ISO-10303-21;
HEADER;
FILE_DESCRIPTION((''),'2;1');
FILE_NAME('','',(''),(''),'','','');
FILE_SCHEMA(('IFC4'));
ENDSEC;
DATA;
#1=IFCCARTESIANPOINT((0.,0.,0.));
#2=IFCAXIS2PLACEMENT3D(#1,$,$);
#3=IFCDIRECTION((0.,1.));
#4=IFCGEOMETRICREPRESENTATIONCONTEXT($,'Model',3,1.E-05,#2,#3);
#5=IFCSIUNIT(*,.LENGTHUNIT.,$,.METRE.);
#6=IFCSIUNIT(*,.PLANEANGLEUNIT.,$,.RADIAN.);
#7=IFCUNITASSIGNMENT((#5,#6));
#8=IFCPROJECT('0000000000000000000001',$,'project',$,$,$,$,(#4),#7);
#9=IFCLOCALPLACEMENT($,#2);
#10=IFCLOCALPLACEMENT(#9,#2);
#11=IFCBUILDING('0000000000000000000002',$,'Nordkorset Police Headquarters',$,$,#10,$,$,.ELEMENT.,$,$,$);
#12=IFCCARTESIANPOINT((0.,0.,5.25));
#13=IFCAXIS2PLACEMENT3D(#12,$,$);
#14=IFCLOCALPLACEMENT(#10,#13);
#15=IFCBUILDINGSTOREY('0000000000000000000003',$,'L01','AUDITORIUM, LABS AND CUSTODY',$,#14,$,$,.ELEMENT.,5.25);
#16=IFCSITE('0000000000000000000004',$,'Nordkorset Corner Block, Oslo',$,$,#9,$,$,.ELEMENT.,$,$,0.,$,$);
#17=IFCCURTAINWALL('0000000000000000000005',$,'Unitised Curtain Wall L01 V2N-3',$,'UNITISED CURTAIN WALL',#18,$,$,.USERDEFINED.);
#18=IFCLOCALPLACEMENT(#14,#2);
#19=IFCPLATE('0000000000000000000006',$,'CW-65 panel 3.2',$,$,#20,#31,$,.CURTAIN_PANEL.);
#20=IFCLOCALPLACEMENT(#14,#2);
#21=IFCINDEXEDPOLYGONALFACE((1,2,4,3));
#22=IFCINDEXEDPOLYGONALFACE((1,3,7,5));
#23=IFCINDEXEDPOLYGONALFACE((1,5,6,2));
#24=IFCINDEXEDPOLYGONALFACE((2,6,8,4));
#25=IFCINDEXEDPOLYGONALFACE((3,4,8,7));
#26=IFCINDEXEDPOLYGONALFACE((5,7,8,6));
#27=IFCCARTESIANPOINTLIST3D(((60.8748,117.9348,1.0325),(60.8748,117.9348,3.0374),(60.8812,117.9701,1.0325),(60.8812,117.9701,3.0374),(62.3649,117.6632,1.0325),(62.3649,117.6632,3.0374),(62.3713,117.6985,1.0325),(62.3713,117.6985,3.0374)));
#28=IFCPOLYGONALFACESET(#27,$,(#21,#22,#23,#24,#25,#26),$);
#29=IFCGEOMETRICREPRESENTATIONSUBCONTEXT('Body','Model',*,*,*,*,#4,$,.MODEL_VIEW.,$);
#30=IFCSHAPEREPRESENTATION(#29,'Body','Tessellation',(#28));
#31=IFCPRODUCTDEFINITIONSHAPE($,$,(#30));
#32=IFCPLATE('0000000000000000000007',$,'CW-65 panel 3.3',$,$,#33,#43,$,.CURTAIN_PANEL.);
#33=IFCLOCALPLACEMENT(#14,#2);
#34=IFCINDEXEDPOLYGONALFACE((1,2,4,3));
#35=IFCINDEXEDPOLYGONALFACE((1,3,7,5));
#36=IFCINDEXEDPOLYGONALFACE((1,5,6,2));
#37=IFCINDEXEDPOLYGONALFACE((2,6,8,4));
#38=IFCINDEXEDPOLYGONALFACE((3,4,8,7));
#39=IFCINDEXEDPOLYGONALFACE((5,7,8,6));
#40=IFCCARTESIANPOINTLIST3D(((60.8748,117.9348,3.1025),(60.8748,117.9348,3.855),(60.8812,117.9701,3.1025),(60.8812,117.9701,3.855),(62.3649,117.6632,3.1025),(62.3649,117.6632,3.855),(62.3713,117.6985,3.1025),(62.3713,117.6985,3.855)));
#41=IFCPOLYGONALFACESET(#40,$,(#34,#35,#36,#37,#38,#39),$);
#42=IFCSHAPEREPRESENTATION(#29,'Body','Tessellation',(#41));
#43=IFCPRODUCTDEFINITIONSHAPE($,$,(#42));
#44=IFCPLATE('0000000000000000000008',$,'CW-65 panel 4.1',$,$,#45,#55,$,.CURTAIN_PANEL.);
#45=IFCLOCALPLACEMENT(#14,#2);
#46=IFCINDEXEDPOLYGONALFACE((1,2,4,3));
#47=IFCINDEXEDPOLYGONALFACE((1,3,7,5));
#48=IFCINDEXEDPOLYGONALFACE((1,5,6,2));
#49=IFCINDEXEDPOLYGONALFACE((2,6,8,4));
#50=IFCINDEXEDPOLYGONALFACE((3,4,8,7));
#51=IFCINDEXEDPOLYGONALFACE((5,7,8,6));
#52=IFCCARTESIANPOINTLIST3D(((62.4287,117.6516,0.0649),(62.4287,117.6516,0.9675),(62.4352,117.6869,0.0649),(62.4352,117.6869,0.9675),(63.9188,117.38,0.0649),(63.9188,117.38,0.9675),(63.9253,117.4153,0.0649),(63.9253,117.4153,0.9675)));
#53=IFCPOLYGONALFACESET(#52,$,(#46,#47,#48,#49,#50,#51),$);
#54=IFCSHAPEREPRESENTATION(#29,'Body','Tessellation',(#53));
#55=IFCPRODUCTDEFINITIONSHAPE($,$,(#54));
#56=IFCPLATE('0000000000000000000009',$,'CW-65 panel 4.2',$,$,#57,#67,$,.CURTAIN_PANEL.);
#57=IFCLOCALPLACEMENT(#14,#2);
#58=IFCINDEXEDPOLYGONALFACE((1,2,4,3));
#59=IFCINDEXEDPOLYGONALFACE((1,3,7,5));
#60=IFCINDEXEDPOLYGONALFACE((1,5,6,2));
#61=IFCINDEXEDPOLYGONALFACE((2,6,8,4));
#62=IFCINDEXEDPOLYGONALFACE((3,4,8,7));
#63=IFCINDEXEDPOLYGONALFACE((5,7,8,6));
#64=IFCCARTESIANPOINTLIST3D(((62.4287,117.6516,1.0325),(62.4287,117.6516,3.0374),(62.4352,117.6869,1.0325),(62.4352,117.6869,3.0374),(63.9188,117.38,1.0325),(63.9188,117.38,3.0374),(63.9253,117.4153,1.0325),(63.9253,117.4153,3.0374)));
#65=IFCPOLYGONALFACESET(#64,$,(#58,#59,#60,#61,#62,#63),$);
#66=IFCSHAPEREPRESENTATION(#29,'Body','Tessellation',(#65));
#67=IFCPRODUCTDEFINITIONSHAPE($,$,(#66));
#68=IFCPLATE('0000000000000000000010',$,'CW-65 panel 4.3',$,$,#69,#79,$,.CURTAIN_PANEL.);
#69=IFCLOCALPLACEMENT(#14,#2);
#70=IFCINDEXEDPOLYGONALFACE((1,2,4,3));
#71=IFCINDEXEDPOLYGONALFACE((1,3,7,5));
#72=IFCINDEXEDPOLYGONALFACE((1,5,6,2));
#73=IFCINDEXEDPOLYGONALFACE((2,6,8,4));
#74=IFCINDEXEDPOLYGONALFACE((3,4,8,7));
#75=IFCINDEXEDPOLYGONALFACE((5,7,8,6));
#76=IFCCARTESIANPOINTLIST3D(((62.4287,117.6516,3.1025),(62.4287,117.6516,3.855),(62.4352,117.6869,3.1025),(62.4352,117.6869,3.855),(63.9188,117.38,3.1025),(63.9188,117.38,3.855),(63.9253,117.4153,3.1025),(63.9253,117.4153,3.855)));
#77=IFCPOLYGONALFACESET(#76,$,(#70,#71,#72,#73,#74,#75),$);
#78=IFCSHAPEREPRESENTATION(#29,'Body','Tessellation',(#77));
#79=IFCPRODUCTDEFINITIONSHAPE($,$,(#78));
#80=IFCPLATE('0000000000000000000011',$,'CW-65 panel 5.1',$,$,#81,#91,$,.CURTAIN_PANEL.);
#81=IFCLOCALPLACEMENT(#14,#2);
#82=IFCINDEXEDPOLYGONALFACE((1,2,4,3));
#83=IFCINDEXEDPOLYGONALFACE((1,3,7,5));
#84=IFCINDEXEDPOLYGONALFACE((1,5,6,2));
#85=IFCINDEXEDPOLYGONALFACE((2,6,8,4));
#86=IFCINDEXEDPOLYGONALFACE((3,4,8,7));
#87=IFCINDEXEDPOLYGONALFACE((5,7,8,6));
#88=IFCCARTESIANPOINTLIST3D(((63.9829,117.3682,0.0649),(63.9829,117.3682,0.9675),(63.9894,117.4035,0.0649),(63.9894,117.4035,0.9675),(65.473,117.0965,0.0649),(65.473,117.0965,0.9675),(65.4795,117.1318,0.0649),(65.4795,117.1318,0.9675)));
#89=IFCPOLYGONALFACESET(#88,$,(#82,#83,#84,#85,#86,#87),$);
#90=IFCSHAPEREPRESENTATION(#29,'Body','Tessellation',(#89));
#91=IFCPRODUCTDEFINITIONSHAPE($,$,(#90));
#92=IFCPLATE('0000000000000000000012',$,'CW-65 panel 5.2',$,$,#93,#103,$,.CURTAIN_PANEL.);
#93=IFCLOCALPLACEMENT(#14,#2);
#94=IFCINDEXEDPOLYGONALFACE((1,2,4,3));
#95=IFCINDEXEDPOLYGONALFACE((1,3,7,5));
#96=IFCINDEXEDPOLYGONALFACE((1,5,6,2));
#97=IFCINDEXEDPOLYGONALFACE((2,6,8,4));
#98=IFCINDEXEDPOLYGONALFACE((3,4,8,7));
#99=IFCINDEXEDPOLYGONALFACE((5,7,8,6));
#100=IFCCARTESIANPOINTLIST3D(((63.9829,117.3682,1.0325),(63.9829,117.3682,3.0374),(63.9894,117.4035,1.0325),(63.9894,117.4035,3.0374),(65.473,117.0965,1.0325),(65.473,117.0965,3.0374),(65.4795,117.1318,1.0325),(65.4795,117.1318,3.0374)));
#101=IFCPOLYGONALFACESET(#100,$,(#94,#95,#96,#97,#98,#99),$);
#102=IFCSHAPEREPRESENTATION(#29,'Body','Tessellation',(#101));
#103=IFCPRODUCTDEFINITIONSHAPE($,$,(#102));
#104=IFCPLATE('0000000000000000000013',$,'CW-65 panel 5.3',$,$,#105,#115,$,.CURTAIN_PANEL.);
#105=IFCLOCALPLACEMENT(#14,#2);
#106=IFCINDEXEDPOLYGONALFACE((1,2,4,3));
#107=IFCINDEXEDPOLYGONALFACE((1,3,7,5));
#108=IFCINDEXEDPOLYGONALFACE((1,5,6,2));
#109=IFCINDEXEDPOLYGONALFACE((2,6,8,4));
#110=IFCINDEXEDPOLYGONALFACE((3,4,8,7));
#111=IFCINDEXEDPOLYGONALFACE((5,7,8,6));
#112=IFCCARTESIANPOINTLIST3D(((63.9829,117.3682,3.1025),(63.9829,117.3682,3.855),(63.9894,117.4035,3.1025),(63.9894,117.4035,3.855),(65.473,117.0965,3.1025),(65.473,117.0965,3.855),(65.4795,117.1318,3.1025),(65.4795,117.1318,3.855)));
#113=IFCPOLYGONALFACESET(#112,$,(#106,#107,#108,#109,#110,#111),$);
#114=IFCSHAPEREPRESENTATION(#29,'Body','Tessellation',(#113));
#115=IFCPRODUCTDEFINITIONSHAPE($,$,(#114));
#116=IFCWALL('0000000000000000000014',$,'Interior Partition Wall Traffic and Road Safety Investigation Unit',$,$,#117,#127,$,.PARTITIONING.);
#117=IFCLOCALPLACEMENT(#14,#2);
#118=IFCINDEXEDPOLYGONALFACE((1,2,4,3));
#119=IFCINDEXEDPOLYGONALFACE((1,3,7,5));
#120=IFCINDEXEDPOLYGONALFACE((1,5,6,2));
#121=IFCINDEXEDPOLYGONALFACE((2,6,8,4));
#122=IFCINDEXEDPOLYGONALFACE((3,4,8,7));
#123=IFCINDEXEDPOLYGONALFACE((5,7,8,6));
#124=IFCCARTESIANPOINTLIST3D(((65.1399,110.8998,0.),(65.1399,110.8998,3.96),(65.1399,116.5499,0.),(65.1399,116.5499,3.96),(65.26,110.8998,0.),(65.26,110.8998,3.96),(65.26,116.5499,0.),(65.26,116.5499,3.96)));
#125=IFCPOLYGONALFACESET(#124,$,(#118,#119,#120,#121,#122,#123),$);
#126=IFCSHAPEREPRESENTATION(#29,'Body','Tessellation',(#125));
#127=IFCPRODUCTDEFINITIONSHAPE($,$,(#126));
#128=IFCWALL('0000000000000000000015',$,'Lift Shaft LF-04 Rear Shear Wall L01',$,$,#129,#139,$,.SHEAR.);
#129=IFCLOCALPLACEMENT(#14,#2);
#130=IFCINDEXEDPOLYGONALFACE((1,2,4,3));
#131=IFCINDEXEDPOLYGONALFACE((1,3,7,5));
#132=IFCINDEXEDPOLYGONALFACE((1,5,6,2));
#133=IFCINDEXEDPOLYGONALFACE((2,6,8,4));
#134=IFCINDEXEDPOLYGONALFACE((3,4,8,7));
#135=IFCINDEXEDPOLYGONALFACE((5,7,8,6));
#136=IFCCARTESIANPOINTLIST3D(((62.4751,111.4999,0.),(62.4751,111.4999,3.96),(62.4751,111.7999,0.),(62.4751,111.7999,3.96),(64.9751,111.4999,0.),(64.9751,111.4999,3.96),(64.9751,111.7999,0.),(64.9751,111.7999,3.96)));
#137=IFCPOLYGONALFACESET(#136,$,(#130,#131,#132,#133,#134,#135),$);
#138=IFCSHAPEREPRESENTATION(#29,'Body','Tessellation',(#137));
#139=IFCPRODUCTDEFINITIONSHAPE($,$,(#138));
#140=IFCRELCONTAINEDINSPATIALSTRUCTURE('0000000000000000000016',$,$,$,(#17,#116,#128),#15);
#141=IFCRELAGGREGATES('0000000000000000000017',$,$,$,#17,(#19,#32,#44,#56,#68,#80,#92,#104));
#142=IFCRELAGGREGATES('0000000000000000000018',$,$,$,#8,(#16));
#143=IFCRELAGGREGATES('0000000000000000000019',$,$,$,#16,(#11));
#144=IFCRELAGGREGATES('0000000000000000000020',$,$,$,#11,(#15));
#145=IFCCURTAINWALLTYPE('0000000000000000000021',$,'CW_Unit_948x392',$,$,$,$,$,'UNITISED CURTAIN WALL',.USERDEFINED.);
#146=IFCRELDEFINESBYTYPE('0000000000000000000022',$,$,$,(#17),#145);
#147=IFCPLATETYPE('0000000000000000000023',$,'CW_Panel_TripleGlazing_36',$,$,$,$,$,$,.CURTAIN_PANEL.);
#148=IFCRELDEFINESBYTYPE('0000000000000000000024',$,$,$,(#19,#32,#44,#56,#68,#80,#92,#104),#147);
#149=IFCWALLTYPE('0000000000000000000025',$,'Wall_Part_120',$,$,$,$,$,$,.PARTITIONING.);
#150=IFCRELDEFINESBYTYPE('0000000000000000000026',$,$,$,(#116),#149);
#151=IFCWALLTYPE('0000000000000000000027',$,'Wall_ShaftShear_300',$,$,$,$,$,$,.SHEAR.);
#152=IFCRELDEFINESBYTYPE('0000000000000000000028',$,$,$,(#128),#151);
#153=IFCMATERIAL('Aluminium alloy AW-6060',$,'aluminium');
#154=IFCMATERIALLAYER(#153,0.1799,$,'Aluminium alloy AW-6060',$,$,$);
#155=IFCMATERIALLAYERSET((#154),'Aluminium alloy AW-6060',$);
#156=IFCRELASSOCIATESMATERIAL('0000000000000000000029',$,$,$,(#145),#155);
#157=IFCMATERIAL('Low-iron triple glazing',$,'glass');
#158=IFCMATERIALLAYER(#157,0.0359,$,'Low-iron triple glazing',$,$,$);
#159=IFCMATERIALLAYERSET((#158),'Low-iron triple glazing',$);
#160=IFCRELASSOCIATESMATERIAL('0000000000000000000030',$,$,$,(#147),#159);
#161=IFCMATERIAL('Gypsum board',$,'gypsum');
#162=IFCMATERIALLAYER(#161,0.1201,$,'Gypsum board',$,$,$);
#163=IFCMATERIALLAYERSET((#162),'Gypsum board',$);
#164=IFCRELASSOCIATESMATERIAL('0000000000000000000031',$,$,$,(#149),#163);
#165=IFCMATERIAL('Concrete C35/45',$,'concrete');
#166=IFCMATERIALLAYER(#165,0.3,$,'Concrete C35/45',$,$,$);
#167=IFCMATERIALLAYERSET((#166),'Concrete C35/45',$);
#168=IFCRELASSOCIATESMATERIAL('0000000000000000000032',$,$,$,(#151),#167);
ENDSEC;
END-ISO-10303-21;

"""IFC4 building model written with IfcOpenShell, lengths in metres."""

from ifc_helpers import new_model, si_unit, direction, frame, frame_2d, origin, origin_2d, place, context, subcontext, project, spatial, rectangle, extrude, material, layer, layer_set, type_object, element, aggregate, save


model = new_model("IFC4")

# Units and contexts
model_context = context("Model", 3, precision=1e-05, world=origin(), true_north=direction((0.0, 1.0)))
body_context = subcontext(model_context, "Body", "Model", "MODEL_VIEW")
ifc_project = project(units=[si_unit("LENGTHUNIT", "METRE"), si_unit("PLANEANGLEUNIT", "RADIAN")], contexts=[model_context])

# Site, building, storey
site_placement = place(None, origin())
site = spatial("IfcSite", under=ifc_project, at=site_placement, Name="Nordkorset Corner Block, Oslo", CompositionType="ELEMENT", RefElevation=0.0)
building_placement = place(site_placement, origin())
building = spatial("IfcBuilding", under=site, at=building_placement, Name="Nordkorset Police Headquarters", CompositionType="ELEMENT")
storey_placement = place(building_placement, frame((0.0, 0.0, 5.25)))
storey = spatial("IfcBuildingStorey", under=building, at=storey_placement, Name="L01", Description="AUDITORIUM, LABS AND CUSTODY", CompositionType="ELEMENT", Elevation=5.25)

# Curtain wall, plates
ifc_material_1 = material(Name="Aluminium alloy AW-6060", Category="aluminium")
ifc_layer_1 = layer(ifc_material_1, 0.1799, Name="Aluminium alloy AW-6060")
ifc_layer_set_1 = layer_set([ifc_layer_1], Name="Aluminium alloy AW-6060")
curtain_wall_type = type_object("IfcCurtainWallType", Name="CW_Unit_948x392", ElementType="UNITISED CURTAIN WALL", PredefinedType="USERDEFINED", material=ifc_layer_set_1)
curtain_wall_placement = place(storey_placement, origin())
curtain_wall = element("IfcCurtainWall", 1, at=curtain_wall_placement, inside=storey, type_object=curtain_wall_type, Name="Unitised Curtain Wall L01 V2N-3", ObjectType="UNITISED CURTAIN WALL", PredefinedType="USERDEFINED")
ifc_material_2 = material(Name="Low-iron triple glazing", Category="glass")
ifc_layer_2 = layer(ifc_material_2, 0.0359, Name="Low-iron triple glazing")
ifc_layer_set_2 = layer_set([ifc_layer_2], Name="Low-iron triple glazing")
plate_type = type_object("IfcPlateType", Name="CW_Panel_TripleGlazing_36", PredefinedType="CURTAIN_PANEL", material=ifc_layer_set_2)
plate_1_placement = place(storey_placement, frame((61.623, 117.8167, 1.0325), z_axis=(0.0, 0.0, 1.0), x_axis=(0.983788, -0.179336, 0.0)))
plate_1 = element("IfcPlate", 2, at=plate_1_placement, type_object=plate_type, Name="CW-65 panel 3.2", PredefinedType="CURTAIN_PANEL", context=body_context, shape_type="SweptSolid", body=[
    extrude(rectangle(XDim=1.5146, YDim=0.0359, at=origin_2d()), origin(), (0.0, 0.0, 1.0), 2.0049),
])
plate_2_placement = place(storey_placement, frame((61.623, 117.8167, 3.1025), z_axis=(0.0, 0.0, 1.0), x_axis=(0.983788, -0.179336, 0.0)))
plate_2 = element("IfcPlate", 3, at=plate_2_placement, type_object=plate_type, Name="CW-65 panel 3.3", PredefinedType="CURTAIN_PANEL", context=body_context, shape_type="SweptSolid", body=[
    extrude(rectangle(XDim=1.5146, YDim=0.0359, at=origin_2d()), origin(), (0.0, 0.0, 1.0), 0.7524),
])
plate_3_placement = place(storey_placement, frame((63.177, 117.5334, 0.0649), z_axis=(0.0, 0.0, 1.0), x_axis=(0.983788, -0.179336, 0.0)))
plate_3 = element("IfcPlate", 4, at=plate_3_placement, type_object=plate_type, Name="CW-65 panel 4.1", PredefinedType="CURTAIN_PANEL", context=body_context, shape_type="SweptSolid", body=[
    extrude(rectangle(XDim=1.5146, YDim=0.0359, at=origin_2d()), origin(), (0.0, 0.0, 1.0), 0.9026),
])
plate_4_placement = place(storey_placement, frame((63.177, 117.5334, 1.0325), z_axis=(0.0, 0.0, 1.0), x_axis=(0.983788, -0.179336, 0.0)))
plate_4 = element("IfcPlate", 5, at=plate_4_placement, type_object=plate_type, Name="CW-65 panel 4.2", PredefinedType="CURTAIN_PANEL", context=body_context, shape_type="SweptSolid", body=[
    extrude(rectangle(XDim=1.5146, YDim=0.0359, at=origin_2d()), origin(), (0.0, 0.0, 1.0), 2.0049),
])
plate_5_placement = place(storey_placement, frame((63.177, 117.5334, 3.1025), z_axis=(0.0, 0.0, 1.0), x_axis=(0.983788, -0.179336, 0.0)))
plate_5 = element("IfcPlate", 6, at=plate_5_placement, type_object=plate_type, Name="CW-65 panel 4.3", PredefinedType="CURTAIN_PANEL", context=body_context, shape_type="SweptSolid", body=[
    extrude(rectangle(XDim=1.5146, YDim=0.0359, at=origin_2d()), origin(), (0.0, 0.0, 1.0), 0.7524),
])
plate_6_placement = place(storey_placement, frame((64.7312, 117.25, 0.0649), z_axis=(0.0, 0.0, 1.0), x_axis=(0.983788, -0.179336, 0.0)))
plate_6 = element("IfcPlate", 7, at=plate_6_placement, type_object=plate_type, Name="CW-65 panel 5.1", PredefinedType="CURTAIN_PANEL", context=body_context, shape_type="SweptSolid", body=[
    extrude(rectangle(XDim=1.5146, YDim=0.0359, at=origin_2d()), origin(), (0.0, 0.0, 1.0), 0.9026),
])
plate_7_placement = place(storey_placement, frame((64.7312, 117.25, 1.0325), z_axis=(0.0, 0.0, 1.0), x_axis=(0.983788, -0.179336, 0.0)))
plate_7 = element("IfcPlate", 8, at=plate_7_placement, type_object=plate_type, Name="CW-65 panel 5.2", PredefinedType="CURTAIN_PANEL", context=body_context, shape_type="SweptSolid", body=[
    extrude(rectangle(XDim=1.5146, YDim=0.0359, at=origin_2d()), origin(), (0.0, 0.0, 1.0), 2.0049),
])
plate_8_placement = place(storey_placement, frame((64.7312, 117.25, 3.1025), z_axis=(0.0, 0.0, 1.0), x_axis=(0.983788, -0.179336, 0.0)))
plate_8 = element("IfcPlate", 9, at=plate_8_placement, type_object=plate_type, Name="CW-65 panel 5.3", PredefinedType="CURTAIN_PANEL", context=body_context, shape_type="SweptSolid", body=[
    extrude(rectangle(XDim=1.5146, YDim=0.0359, at=origin_2d()), origin(), (0.0, 0.0, 1.0), 0.7524),
])
aggregate(curtain_wall, [plate_1, plate_2, plate_3, plate_4, plate_5, plate_6, plate_7, plate_8])

# Walls
ifc_material_3 = material(Name="Gypsum board", Category="gypsum")
ifc_layer_3 = layer(ifc_material_3, 0.1201, Name="Gypsum board")
ifc_layer_set_3 = layer_set([ifc_layer_3], Name="Gypsum board")
wall_type_1 = type_object("IfcWallType", Name="Wall_Part_120", PredefinedType="PARTITIONING", material=ifc_layer_set_3)
wall_1_placement = place(storey_placement, frame((65.2, 116.55, 0.0), z_axis=(0.0, 0.0, 1.0), x_axis=(0.0, -1.0, 0.0)))
element("IfcWall", 10, at=wall_1_placement, inside=storey, type_object=wall_type_1, Name="Interior Partition Wall Traffic and Road Safety Investigation Unit", PredefinedType="PARTITIONING", context=body_context, shape_type="SweptSolid", body=[
    extrude(rectangle(XDim=5.6501, YDim=0.1201, at=frame_2d((2.8252, 0.0))), origin(), (0.0, 0.0, 1.0), 3.96),
])
ifc_material_4 = material(Name="Concrete C35/45", Category="concrete")
ifc_layer_4 = layer(ifc_material_4, 0.3, Name="Concrete C35/45")
ifc_layer_set_4 = layer_set([ifc_layer_4], Name="Concrete C35/45")
wall_type_2 = type_object("IfcWallType", Name="Wall_ShaftShear_300", PredefinedType="SHEAR", material=ifc_layer_set_4)
wall_2_placement = place(storey_placement, frame((62.4751, 111.6499, 0.0), z_axis=(0.0, 0.0, 1.0), x_axis=(1.0, 0.0, 0.0)))
element("IfcWall", 11, at=wall_2_placement, inside=storey, type_object=wall_type_2, Name="Lift Shaft LF-04 Rear Shear Wall L01", PredefinedType="SHEAR", context=body_context, shape_type="SweptSolid", body=[
    extrude(rectangle(XDim=2.5, YDim=0.3, at=frame_2d((1.25, 0.0))), origin(), (0.0, 0.0, 1.0), 3.96),
])

save(model, "model.ifc")
